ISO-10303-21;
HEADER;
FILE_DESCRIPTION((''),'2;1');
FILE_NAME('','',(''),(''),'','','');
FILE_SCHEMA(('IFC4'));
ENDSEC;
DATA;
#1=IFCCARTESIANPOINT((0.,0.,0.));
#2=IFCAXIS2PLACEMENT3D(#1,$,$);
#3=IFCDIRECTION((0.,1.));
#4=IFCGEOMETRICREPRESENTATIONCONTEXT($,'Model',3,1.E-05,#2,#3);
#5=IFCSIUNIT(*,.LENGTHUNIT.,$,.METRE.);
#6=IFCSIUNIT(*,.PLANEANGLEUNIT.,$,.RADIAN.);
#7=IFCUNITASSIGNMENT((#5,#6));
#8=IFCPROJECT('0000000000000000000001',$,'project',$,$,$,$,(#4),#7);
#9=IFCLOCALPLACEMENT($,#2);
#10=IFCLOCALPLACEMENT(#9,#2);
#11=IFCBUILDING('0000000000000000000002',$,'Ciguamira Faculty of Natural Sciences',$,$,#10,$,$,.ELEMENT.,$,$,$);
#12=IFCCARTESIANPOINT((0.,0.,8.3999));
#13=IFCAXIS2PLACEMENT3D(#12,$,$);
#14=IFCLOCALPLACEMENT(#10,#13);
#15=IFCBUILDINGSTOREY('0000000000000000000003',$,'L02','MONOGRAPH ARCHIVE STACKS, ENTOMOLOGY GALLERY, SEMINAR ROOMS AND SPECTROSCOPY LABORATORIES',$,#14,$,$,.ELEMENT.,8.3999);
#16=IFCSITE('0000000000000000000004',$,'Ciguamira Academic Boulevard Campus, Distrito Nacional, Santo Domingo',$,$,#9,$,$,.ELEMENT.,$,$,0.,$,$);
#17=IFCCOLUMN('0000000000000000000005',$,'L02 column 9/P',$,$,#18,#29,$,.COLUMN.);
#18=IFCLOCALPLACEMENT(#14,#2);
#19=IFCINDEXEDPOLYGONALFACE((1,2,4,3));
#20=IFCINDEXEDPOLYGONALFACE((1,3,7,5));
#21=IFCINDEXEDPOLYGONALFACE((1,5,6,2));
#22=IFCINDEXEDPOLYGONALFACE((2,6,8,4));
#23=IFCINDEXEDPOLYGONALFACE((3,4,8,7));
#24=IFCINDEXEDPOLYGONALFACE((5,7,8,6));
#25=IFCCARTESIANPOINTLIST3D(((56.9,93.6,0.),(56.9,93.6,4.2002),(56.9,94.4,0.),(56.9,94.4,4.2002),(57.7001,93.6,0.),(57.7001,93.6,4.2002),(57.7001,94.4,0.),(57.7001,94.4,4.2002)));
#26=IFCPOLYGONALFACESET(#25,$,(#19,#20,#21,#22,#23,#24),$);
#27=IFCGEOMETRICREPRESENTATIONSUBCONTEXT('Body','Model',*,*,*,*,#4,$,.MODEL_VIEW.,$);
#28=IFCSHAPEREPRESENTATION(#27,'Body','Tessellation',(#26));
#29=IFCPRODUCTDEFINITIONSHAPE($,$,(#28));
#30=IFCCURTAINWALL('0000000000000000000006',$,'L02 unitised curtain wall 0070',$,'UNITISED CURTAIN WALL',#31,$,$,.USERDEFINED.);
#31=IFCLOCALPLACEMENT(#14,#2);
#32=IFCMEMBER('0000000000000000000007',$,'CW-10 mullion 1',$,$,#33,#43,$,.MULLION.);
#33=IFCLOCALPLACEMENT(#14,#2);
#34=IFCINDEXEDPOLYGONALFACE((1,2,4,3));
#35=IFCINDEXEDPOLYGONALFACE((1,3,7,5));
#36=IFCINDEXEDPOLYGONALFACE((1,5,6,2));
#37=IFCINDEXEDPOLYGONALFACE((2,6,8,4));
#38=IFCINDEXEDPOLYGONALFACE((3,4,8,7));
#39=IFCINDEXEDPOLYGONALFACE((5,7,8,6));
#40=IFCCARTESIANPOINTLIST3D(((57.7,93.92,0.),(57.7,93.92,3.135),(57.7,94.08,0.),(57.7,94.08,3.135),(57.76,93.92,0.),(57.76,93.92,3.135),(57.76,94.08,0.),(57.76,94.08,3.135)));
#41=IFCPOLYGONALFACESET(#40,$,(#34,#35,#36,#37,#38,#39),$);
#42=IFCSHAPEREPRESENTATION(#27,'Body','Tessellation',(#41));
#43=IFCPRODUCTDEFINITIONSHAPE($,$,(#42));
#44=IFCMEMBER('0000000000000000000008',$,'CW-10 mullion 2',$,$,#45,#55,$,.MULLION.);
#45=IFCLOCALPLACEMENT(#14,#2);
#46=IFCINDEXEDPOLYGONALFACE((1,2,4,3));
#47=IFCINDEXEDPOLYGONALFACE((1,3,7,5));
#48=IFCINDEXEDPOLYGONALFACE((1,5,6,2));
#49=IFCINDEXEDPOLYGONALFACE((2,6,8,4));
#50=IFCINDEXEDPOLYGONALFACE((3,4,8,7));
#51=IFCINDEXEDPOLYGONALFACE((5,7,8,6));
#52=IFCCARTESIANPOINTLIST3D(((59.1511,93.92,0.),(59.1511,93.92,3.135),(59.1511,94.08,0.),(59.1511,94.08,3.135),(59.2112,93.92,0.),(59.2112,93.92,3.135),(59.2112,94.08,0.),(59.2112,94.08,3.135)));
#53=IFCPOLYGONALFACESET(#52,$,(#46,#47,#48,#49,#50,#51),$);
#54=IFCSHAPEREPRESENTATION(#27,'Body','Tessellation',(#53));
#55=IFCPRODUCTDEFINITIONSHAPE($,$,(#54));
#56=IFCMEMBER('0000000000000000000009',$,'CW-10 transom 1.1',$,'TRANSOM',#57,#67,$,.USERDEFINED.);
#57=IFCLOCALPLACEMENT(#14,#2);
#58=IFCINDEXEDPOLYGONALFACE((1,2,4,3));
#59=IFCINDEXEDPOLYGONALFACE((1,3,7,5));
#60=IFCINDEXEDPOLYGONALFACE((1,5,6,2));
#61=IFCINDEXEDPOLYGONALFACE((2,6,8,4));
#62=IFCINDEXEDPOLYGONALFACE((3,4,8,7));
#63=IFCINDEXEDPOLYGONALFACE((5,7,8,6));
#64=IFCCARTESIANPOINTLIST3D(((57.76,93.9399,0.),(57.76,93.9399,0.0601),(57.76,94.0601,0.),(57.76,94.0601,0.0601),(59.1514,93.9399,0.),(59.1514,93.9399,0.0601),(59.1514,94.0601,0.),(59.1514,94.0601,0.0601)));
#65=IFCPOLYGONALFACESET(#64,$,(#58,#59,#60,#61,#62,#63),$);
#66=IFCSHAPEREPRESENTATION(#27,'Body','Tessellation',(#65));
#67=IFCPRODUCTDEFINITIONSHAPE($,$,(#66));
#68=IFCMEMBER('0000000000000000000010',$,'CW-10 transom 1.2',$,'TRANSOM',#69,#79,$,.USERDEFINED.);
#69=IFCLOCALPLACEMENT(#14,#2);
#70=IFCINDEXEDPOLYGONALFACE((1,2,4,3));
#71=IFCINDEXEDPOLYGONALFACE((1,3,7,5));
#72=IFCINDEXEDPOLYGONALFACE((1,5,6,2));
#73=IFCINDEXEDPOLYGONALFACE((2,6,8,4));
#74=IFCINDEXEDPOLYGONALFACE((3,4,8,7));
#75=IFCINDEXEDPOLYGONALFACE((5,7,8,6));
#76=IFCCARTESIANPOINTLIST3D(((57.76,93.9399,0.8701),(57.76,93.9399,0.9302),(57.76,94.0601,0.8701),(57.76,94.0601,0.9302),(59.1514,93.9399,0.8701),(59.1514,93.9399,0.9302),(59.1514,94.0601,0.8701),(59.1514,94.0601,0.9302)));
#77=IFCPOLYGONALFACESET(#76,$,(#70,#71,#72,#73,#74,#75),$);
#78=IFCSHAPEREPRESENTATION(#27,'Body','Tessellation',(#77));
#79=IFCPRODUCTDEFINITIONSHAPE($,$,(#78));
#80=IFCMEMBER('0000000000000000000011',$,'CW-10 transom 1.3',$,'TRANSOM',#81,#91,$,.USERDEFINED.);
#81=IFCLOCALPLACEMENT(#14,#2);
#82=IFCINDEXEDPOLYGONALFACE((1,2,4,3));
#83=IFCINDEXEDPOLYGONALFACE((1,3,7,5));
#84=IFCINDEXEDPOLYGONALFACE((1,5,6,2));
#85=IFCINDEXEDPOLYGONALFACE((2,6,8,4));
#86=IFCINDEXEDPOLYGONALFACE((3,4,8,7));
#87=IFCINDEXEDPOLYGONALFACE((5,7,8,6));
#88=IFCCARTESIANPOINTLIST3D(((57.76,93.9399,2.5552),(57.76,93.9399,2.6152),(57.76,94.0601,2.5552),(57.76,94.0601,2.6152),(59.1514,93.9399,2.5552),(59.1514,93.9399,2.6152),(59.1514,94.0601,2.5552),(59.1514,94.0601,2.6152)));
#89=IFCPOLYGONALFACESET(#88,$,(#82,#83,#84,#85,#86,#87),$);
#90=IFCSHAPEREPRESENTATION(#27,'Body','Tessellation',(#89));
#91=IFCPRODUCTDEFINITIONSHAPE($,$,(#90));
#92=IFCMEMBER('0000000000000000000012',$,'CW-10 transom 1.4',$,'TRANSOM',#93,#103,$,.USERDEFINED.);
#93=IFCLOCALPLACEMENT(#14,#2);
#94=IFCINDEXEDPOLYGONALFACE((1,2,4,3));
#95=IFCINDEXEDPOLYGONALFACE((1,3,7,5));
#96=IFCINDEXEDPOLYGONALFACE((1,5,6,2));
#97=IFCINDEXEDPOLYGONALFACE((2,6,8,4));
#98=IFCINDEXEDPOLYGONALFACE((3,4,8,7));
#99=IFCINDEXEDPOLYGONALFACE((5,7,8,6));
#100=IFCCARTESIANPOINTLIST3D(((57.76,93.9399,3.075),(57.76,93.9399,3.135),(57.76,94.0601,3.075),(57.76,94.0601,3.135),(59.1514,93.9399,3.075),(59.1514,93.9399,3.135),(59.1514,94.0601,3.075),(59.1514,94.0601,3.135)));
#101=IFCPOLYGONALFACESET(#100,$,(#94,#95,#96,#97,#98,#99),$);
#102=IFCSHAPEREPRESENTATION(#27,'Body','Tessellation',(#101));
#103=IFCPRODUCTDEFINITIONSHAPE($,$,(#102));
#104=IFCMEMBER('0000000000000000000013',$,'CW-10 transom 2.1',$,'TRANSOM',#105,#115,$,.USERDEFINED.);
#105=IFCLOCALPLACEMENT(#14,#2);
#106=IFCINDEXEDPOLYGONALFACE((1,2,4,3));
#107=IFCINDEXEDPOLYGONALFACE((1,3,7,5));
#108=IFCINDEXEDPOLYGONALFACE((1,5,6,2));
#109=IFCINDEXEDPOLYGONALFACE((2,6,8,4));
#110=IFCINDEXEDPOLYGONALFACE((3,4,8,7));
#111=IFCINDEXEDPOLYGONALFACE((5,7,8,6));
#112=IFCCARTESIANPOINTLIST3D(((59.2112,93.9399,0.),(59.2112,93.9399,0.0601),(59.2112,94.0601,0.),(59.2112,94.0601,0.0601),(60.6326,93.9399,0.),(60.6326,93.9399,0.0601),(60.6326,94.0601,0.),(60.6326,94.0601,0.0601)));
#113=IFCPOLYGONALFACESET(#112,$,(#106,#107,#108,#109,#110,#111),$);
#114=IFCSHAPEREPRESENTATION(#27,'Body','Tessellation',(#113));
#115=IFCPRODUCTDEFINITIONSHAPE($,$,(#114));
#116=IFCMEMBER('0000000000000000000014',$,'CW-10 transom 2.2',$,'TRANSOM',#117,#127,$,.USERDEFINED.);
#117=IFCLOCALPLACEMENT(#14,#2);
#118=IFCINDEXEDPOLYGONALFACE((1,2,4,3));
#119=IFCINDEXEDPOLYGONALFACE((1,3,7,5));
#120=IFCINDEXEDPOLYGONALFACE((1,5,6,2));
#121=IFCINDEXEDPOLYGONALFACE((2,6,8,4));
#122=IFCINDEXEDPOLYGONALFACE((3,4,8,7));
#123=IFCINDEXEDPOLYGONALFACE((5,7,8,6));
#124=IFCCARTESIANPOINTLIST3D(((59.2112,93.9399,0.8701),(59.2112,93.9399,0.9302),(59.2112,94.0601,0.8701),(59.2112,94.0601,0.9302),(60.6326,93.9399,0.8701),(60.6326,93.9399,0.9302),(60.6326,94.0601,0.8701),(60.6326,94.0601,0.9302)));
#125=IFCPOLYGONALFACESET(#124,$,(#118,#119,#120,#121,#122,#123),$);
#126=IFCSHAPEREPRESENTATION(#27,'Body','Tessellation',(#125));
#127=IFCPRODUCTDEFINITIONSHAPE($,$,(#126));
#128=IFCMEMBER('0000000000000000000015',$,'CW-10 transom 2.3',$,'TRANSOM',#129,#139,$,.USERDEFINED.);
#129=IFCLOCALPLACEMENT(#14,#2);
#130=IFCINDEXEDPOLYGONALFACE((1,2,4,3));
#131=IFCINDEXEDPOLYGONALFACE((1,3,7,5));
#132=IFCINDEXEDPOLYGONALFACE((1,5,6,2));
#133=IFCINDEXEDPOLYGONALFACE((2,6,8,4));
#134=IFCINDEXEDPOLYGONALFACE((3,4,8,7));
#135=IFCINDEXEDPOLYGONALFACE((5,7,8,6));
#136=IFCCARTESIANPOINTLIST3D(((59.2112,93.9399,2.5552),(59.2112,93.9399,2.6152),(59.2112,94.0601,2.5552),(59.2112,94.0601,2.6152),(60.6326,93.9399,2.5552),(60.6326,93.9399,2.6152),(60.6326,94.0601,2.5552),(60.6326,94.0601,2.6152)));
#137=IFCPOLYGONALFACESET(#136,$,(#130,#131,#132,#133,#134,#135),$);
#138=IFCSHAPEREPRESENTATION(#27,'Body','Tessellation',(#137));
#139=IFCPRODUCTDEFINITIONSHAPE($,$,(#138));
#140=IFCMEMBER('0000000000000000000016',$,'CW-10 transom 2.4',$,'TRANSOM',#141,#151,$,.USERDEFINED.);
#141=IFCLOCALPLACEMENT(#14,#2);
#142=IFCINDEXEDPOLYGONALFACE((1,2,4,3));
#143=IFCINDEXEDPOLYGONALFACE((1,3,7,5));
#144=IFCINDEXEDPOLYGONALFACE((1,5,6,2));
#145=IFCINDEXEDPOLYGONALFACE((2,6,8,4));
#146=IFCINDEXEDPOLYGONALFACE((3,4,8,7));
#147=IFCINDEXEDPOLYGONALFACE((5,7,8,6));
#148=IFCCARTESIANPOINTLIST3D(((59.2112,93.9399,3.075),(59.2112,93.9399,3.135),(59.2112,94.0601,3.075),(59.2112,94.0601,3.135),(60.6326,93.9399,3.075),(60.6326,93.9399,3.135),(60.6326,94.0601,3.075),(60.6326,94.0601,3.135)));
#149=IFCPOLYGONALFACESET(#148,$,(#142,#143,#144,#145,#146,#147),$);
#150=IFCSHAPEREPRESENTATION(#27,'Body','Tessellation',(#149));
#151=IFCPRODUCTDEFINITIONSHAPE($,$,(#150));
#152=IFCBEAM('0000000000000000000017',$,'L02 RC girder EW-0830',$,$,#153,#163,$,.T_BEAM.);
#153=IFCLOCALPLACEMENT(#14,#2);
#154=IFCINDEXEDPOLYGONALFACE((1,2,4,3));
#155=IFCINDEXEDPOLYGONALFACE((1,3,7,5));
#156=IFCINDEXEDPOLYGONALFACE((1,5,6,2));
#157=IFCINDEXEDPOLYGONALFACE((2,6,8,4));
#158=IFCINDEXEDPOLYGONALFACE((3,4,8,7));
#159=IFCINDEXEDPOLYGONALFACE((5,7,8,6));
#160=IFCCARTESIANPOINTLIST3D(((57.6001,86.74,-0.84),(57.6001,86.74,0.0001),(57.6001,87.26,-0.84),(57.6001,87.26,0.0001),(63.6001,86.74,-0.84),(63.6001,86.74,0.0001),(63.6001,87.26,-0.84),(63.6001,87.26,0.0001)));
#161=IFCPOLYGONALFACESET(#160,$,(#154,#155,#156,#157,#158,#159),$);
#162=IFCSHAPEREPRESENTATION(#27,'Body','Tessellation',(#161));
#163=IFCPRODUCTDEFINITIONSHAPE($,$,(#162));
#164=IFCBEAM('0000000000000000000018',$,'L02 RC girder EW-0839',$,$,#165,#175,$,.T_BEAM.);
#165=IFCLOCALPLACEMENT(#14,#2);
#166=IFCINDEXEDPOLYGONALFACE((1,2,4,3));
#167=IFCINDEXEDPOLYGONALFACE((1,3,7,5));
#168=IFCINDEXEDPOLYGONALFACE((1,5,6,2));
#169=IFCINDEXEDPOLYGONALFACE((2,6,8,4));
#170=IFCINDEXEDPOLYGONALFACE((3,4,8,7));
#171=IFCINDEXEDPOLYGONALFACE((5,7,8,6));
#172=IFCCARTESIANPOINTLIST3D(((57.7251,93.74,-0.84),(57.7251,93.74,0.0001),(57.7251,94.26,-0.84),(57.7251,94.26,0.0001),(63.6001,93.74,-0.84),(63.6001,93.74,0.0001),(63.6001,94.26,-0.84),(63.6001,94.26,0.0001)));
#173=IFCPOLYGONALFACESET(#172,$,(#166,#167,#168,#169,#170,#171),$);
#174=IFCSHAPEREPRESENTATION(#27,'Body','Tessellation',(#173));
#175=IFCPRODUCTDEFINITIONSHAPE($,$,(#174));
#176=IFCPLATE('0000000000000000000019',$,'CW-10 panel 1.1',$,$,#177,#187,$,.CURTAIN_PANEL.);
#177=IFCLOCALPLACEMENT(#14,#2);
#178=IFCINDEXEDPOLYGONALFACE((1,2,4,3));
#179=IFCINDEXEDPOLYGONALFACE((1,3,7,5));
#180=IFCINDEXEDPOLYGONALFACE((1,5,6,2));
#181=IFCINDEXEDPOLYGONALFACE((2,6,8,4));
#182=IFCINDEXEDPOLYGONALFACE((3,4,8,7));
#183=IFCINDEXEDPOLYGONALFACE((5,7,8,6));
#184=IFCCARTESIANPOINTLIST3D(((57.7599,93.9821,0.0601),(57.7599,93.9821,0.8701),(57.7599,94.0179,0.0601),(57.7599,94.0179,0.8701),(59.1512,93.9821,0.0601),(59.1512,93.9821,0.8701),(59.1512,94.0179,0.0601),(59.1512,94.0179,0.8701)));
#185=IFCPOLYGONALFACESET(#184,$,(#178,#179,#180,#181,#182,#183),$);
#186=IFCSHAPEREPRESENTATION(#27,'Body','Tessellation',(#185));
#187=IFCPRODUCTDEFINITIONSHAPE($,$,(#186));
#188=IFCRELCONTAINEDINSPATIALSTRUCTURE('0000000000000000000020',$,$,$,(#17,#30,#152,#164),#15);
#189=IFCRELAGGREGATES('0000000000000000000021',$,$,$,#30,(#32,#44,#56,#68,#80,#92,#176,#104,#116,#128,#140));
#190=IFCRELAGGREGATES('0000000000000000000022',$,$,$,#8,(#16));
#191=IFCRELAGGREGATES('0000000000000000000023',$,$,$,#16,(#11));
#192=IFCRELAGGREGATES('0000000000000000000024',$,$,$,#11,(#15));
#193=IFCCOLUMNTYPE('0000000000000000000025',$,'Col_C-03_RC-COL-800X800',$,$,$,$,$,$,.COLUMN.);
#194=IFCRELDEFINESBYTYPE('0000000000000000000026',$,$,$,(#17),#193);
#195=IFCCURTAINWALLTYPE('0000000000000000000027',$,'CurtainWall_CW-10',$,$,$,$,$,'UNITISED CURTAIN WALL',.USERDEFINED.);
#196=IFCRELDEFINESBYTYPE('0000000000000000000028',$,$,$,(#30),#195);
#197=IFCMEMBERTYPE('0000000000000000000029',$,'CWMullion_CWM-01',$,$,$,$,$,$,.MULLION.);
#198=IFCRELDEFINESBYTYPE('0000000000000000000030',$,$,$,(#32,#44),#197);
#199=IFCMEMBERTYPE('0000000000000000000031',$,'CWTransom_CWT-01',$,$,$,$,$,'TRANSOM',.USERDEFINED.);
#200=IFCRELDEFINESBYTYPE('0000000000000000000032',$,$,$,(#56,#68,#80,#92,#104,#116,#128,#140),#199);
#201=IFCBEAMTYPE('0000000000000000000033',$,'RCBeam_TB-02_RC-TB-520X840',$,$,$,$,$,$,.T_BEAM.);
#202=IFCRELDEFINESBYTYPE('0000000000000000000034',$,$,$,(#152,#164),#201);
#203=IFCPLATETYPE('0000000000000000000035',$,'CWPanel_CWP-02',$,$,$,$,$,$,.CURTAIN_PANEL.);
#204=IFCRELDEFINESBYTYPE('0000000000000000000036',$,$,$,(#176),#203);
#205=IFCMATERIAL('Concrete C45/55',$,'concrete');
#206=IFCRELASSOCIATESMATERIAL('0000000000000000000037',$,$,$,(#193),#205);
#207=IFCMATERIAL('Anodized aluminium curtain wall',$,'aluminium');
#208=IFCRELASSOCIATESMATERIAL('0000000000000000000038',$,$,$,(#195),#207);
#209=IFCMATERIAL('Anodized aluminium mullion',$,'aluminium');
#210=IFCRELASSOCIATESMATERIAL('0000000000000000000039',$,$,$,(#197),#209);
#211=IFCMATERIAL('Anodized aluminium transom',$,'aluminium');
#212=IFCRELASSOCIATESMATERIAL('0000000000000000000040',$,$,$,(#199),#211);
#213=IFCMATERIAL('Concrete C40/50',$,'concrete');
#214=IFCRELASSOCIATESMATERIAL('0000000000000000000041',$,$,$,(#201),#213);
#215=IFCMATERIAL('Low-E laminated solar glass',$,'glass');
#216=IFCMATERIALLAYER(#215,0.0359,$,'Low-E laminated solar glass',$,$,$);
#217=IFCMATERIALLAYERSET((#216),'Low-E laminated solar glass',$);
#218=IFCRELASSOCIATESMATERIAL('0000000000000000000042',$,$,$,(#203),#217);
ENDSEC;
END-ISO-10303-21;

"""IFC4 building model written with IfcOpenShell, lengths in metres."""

from ifc_helpers import new_model, si_unit, direction, frame, origin, origin_2d, place, context, subcontext, project, spatial, rectangle, extrude, material, layer, layer_set, material_profile, profile_set, type_object, element, aggregate, save


model = new_model("IFC4")

# Units and contexts
model_context = context("Model", 3, precision=1e-05, world=origin(), true_north=direction((0.0, 1.0)))
body_context = subcontext(model_context, "Body", "Model", "MODEL_VIEW")
ifc_project = project(units=[si_unit("LENGTHUNIT", "METRE"), si_unit("PLANEANGLEUNIT", "RADIAN")], contexts=[model_context])

# Site, building, storey
site_placement = place(None, origin())
site = spatial("IfcSite", under=ifc_project, at=site_placement, Name="Ciguamira Academic Boulevard Campus, Distrito Nacional, Santo Domingo", CompositionType="ELEMENT", RefElevation=0.0)
building_placement = place(site_placement, origin())
building = spatial("IfcBuilding", under=site, at=building_placement, Name="Ciguamira Faculty of Natural Sciences", CompositionType="ELEMENT")
storey_placement = place(building_placement, frame((0.0, 0.0, 8.3999)))
storey = spatial("IfcBuildingStorey", under=building, at=storey_placement, Name="L02", Description="MONOGRAPH ARCHIVE STACKS, ENTOMOLOGY GALLERY, SEMINAR ROOMS AND SPECTROSCOPY LABORATORIES", CompositionType="ELEMENT", Elevation=8.3999)

# Column
ifc_material_1 = material(Name="Concrete C45/55", Category="concrete")
ifc_material_profile_1 = material_profile(ifc_material_1, rectangle(XDim=0.8, YDim=0.8, at=origin_2d()), Name="RC-COL-800X800")
ifc_profile_set_1 = profile_set([ifc_material_profile_1], Name="Concrete C45/55")
column_type = type_object("IfcColumnType", Name="Col_C-03_RC-COL-800X800", PredefinedType="COLUMN", material=ifc_profile_set_1)
column_placement = place(storey_placement, frame((57.3, 94.0, 0.0), z_axis=(0.0, 0.0, 1.0), x_axis=(1.0, 0.0, 0.0)))
element("IfcColumn", 1, at=column_placement, inside=storey, type_object=column_type, Name="L02 column 9/P", PredefinedType="COLUMN", context=body_context, shape_type="SweptSolid", body=[
    extrude(rectangle(XDim=0.8, YDim=0.8, at=origin_2d()), origin(), (0.0, 0.0, 1.0), 4.2002),
])

# Curtain wall, members
ifc_material_2 = material(Name="Anodized aluminium curtain wall", Category="aluminium")
curtain_wall_type = type_object("IfcCurtainWallType", Name="CurtainWall_CW-10", ElementType="UNITISED CURTAIN WALL", PredefinedType="USERDEFINED", material=ifc_material_2)
curtain_wall_placement = place(storey_placement, origin())
curtain_wall = element("IfcCurtainWall", 2, at=curtain_wall_placement, inside=storey, type_object=curtain_wall_type, Name="L02 unitised curtain wall 0070", ObjectType="UNITISED CURTAIN WALL", PredefinedType="USERDEFINED")
ifc_material_3 = material(Name="Anodized aluminium mullion", Category="aluminium")
ifc_material_profile_2 = material_profile(ifc_material_3, rectangle(XDim=0.0601, YDim=0.1599, at=origin_2d()), Name="ALU-MUL-60X160")
ifc_profile_set_2 = profile_set([ifc_material_profile_2], Name="Anodized aluminium mullion")
member_type_1 = type_object("IfcMemberType", Name="CWMullion_CWM-01", PredefinedType="MULLION", material=ifc_profile_set_2)
member_1_placement = place(storey_placement, frame((57.73, 94.0, 0.0), z_axis=(0.0, 0.0, 1.0), x_axis=(1.0, 0.0, 0.0)))
member_1 = element("IfcMember", 3, at=member_1_placement, type_object=member_type_1, Name="CW-10 mullion 1", PredefinedType="MULLION", context=body_context, shape_type="SweptSolid", body=[
    extrude(rectangle(XDim=0.0601, YDim=0.1599, at=origin_2d()), origin(), (0.0, 0.0, 1.0), 3.135),
])
member_2_placement = place(storey_placement, frame((59.1812, 94.0, 0.0), z_axis=(0.0, 0.0, 1.0), x_axis=(1.0, 0.0, 0.0)))
member_2 = element("IfcMember", 4, at=member_2_placement, type_object=member_type_1, Name="CW-10 mullion 2", PredefinedType="MULLION", context=body_context, shape_type="SweptSolid", body=[
    extrude(rectangle(XDim=0.0601, YDim=0.1599, at=origin_2d()), origin(), (0.0, 0.0, 1.0), 3.135),
])
ifc_material_4 = material(Name="Anodized aluminium transom", Category="aluminium")
ifc_material_profile_3 = material_profile(ifc_material_4, rectangle(XDim=0.0601, YDim=0.1201, at=origin_2d()), Name="ALU-TRN-60X120")
ifc_profile_set_3 = profile_set([ifc_material_profile_3], Name="Anodized aluminium transom")
member_type_2 = type_object("IfcMemberType", Name="CWTransom_CWT-01", ElementType="TRANSOM", PredefinedType="USERDEFINED", material=ifc_profile_set_3)
member_3_placement = place(storey_placement, frame((57.76, 94.0, 0.03), z_axis=(1.0, 0.0, 0.0), x_axis=(0.0, 0.0, 1.0)))
member_3 = element("IfcMember", 5, at=member_3_placement, type_object=member_type_2, Name="CW-10 transom 1.1", ObjectType="TRANSOM", PredefinedType="USERDEFINED", context=body_context, shape_type="SweptSolid", body=[
    extrude(rectangle(XDim=0.0601, YDim=0.1201, at=origin_2d()), origin(), (0.0, 0.0, 1.0), 1.3914),
])
member_4_placement = place(storey_placement, frame((57.76, 94.0, 0.9001), z_axis=(1.0, 0.0, 0.0), x_axis=(0.0, 0.0, 1.0)))
member_4 = element("IfcMember", 6, at=member_4_placement, type_object=member_type_2, Name="CW-10 transom 1.2", ObjectType="TRANSOM", PredefinedType="USERDEFINED", context=body_context, shape_type="SweptSolid", body=[
    extrude(rectangle(XDim=0.0601, YDim=0.1201, at=origin_2d()), origin(), (0.0, 0.0, 1.0), 1.3914),
])
member_5_placement = place(storey_placement, frame((57.76, 94.0, 2.5852), z_axis=(1.0, 0.0, 0.0), x_axis=(0.0, 0.0, 1.0)))
member_5 = element("IfcMember", 7, at=member_5_placement, type_object=member_type_2, Name="CW-10 transom 1.3", ObjectType="TRANSOM", PredefinedType="USERDEFINED", context=body_context, shape_type="SweptSolid", body=[
    extrude(rectangle(XDim=0.0601, YDim=0.1201, at=origin_2d()), origin(), (0.0, 0.0, 1.0), 1.3914),
])
member_6_placement = place(storey_placement, frame((57.76, 94.0, 3.105), z_axis=(1.0, 0.0, 0.0), x_axis=(0.0, 0.0, 1.0)))
member_6 = element("IfcMember", 8, at=member_6_placement, type_object=member_type_2, Name="CW-10 transom 1.4", ObjectType="TRANSOM", PredefinedType="USERDEFINED", context=body_context, shape_type="SweptSolid", body=[
    extrude(rectangle(XDim=0.0601, YDim=0.1201, at=origin_2d()), origin(), (0.0, 0.0, 1.0), 1.3914),
])
member_7_placement = place(storey_placement, frame((59.2112, 94.0, 0.03), z_axis=(1.0, 0.0, 0.0), x_axis=(0.0, 0.0, 1.0)))
member_7 = element("IfcMember", 9, at=member_7_placement, type_object=member_type_2, Name="CW-10 transom 2.1", ObjectType="TRANSOM", PredefinedType="USERDEFINED", context=body_context, shape_type="SweptSolid", body=[
    extrude(rectangle(XDim=0.0601, YDim=0.1201, at=origin_2d()), origin(), (0.0, 0.0, 1.0), 1.4214),
])
member_8_placement = place(storey_placement, frame((59.2112, 94.0, 0.9001), z_axis=(1.0, 0.0, 0.0), x_axis=(0.0, 0.0, 1.0)))
member_8 = element("IfcMember", 10, at=member_8_placement, type_object=member_type_2, Name="CW-10 transom 2.2", ObjectType="TRANSOM", PredefinedType="USERDEFINED", context=body_context, shape_type="SweptSolid", body=[
    extrude(rectangle(XDim=0.0601, YDim=0.1201, at=origin_2d()), origin(), (0.0, 0.0, 1.0), 1.4214),
])
member_9_placement = place(storey_placement, frame((59.2112, 94.0, 2.5852), z_axis=(1.0, 0.0, 0.0), x_axis=(0.0, 0.0, 1.0)))
member_9 = element("IfcMember", 11, at=member_9_placement, type_object=member_type_2, Name="CW-10 transom 2.3", ObjectType="TRANSOM", PredefinedType="USERDEFINED", context=body_context, shape_type="SweptSolid", body=[
    extrude(rectangle(XDim=0.0601, YDim=0.1201, at=origin_2d()), origin(), (0.0, 0.0, 1.0), 1.4214),
])
member_10_placement = place(storey_placement, frame((59.2112, 94.0, 3.105), z_axis=(1.0, 0.0, 0.0), x_axis=(0.0, 0.0, 1.0)))
member_10 = element("IfcMember", 12, at=member_10_placement, type_object=member_type_2, Name="CW-10 transom 2.4", ObjectType="TRANSOM", PredefinedType="USERDEFINED", context=body_context, shape_type="SweptSolid", body=[
    extrude(rectangle(XDim=0.0601, YDim=0.1201, at=origin_2d()), origin(), (0.0, 0.0, 1.0), 1.4214),
])

# Beams
ifc_material_5 = material(Name="Concrete C40/50", Category="concrete")
ifc_material_profile_4 = material_profile(ifc_material_5, rectangle(XDim=0.52, YDim=0.8401, at=origin_2d()), Name="RC-TB-520X840")
ifc_profile_set_4 = profile_set([ifc_material_profile_4], Name="Concrete C40/50")
beam_type = type_object("IfcBeamType", Name="RCBeam_TB-02_RC-TB-520X840", PredefinedType="T_BEAM", material=ifc_profile_set_4)
beam_1_placement = place(storey_placement, frame((57.6001, 87.0, -0.4199), z_axis=(1.0, 0.0, 0.0), x_axis=(0.0, 1.0, 0.0)))
element("IfcBeam", 13, at=beam_1_placement, inside=storey, type_object=beam_type, Name="L02 RC girder EW-0830", PredefinedType="T_BEAM", context=body_context, shape_type="SweptSolid", body=[
    extrude(rectangle(XDim=0.52, YDim=0.8401, at=origin_2d()), origin(), (0.0, 0.0, 1.0), 6.0),
])
beam_2_placement = place(storey_placement, frame((57.7251, 94.0, -0.4199), z_axis=(1.0, 0.0, 0.0), x_axis=(0.0, 1.0, 0.0)))
element("IfcBeam", 14, at=beam_2_placement, inside=storey, type_object=beam_type, Name="L02 RC girder EW-0839", PredefinedType="T_BEAM", context=body_context, shape_type="SweptSolid", body=[
    extrude(rectangle(XDim=0.52, YDim=0.8401, at=origin_2d()), origin(), (0.0, 0.0, 1.0), 5.875),
])

# Plate
ifc_material_6 = material(Name="Low-E laminated solar glass", Category="glass")
ifc_layer_1 = layer(ifc_material_6, 0.0359, Name="Low-E laminated solar glass")
ifc_layer_set_1 = layer_set([ifc_layer_1], Name="Low-E laminated solar glass")
plate_type = type_object("IfcPlateType", Name="CWPanel_CWP-02", PredefinedType="CURTAIN_PANEL", material=ifc_layer_set_1)
plate_1_placement = place(storey_placement, frame((58.4556, 94.0, 0.0601), z_axis=(0.0, 0.0, 1.0), x_axis=(1.0, 0.0, 0.0)))
plate_1 = element("IfcPlate", 15, at=plate_1_placement, type_object=plate_type, Name="CW-10 panel 1.1", PredefinedType="CURTAIN_PANEL", context=body_context, shape_type="SweptSolid", body=[
    extrude(rectangle(XDim=1.3914, YDim=0.0359, at=origin_2d()), origin(), (0.0, 0.0, 1.0), 0.8101),
])
aggregate(curtain_wall, [member_1, member_2, member_3, member_4, member_5, member_6, plate_1, member_7, member_8, member_9, member_10])

save(model, "model.ifc")
